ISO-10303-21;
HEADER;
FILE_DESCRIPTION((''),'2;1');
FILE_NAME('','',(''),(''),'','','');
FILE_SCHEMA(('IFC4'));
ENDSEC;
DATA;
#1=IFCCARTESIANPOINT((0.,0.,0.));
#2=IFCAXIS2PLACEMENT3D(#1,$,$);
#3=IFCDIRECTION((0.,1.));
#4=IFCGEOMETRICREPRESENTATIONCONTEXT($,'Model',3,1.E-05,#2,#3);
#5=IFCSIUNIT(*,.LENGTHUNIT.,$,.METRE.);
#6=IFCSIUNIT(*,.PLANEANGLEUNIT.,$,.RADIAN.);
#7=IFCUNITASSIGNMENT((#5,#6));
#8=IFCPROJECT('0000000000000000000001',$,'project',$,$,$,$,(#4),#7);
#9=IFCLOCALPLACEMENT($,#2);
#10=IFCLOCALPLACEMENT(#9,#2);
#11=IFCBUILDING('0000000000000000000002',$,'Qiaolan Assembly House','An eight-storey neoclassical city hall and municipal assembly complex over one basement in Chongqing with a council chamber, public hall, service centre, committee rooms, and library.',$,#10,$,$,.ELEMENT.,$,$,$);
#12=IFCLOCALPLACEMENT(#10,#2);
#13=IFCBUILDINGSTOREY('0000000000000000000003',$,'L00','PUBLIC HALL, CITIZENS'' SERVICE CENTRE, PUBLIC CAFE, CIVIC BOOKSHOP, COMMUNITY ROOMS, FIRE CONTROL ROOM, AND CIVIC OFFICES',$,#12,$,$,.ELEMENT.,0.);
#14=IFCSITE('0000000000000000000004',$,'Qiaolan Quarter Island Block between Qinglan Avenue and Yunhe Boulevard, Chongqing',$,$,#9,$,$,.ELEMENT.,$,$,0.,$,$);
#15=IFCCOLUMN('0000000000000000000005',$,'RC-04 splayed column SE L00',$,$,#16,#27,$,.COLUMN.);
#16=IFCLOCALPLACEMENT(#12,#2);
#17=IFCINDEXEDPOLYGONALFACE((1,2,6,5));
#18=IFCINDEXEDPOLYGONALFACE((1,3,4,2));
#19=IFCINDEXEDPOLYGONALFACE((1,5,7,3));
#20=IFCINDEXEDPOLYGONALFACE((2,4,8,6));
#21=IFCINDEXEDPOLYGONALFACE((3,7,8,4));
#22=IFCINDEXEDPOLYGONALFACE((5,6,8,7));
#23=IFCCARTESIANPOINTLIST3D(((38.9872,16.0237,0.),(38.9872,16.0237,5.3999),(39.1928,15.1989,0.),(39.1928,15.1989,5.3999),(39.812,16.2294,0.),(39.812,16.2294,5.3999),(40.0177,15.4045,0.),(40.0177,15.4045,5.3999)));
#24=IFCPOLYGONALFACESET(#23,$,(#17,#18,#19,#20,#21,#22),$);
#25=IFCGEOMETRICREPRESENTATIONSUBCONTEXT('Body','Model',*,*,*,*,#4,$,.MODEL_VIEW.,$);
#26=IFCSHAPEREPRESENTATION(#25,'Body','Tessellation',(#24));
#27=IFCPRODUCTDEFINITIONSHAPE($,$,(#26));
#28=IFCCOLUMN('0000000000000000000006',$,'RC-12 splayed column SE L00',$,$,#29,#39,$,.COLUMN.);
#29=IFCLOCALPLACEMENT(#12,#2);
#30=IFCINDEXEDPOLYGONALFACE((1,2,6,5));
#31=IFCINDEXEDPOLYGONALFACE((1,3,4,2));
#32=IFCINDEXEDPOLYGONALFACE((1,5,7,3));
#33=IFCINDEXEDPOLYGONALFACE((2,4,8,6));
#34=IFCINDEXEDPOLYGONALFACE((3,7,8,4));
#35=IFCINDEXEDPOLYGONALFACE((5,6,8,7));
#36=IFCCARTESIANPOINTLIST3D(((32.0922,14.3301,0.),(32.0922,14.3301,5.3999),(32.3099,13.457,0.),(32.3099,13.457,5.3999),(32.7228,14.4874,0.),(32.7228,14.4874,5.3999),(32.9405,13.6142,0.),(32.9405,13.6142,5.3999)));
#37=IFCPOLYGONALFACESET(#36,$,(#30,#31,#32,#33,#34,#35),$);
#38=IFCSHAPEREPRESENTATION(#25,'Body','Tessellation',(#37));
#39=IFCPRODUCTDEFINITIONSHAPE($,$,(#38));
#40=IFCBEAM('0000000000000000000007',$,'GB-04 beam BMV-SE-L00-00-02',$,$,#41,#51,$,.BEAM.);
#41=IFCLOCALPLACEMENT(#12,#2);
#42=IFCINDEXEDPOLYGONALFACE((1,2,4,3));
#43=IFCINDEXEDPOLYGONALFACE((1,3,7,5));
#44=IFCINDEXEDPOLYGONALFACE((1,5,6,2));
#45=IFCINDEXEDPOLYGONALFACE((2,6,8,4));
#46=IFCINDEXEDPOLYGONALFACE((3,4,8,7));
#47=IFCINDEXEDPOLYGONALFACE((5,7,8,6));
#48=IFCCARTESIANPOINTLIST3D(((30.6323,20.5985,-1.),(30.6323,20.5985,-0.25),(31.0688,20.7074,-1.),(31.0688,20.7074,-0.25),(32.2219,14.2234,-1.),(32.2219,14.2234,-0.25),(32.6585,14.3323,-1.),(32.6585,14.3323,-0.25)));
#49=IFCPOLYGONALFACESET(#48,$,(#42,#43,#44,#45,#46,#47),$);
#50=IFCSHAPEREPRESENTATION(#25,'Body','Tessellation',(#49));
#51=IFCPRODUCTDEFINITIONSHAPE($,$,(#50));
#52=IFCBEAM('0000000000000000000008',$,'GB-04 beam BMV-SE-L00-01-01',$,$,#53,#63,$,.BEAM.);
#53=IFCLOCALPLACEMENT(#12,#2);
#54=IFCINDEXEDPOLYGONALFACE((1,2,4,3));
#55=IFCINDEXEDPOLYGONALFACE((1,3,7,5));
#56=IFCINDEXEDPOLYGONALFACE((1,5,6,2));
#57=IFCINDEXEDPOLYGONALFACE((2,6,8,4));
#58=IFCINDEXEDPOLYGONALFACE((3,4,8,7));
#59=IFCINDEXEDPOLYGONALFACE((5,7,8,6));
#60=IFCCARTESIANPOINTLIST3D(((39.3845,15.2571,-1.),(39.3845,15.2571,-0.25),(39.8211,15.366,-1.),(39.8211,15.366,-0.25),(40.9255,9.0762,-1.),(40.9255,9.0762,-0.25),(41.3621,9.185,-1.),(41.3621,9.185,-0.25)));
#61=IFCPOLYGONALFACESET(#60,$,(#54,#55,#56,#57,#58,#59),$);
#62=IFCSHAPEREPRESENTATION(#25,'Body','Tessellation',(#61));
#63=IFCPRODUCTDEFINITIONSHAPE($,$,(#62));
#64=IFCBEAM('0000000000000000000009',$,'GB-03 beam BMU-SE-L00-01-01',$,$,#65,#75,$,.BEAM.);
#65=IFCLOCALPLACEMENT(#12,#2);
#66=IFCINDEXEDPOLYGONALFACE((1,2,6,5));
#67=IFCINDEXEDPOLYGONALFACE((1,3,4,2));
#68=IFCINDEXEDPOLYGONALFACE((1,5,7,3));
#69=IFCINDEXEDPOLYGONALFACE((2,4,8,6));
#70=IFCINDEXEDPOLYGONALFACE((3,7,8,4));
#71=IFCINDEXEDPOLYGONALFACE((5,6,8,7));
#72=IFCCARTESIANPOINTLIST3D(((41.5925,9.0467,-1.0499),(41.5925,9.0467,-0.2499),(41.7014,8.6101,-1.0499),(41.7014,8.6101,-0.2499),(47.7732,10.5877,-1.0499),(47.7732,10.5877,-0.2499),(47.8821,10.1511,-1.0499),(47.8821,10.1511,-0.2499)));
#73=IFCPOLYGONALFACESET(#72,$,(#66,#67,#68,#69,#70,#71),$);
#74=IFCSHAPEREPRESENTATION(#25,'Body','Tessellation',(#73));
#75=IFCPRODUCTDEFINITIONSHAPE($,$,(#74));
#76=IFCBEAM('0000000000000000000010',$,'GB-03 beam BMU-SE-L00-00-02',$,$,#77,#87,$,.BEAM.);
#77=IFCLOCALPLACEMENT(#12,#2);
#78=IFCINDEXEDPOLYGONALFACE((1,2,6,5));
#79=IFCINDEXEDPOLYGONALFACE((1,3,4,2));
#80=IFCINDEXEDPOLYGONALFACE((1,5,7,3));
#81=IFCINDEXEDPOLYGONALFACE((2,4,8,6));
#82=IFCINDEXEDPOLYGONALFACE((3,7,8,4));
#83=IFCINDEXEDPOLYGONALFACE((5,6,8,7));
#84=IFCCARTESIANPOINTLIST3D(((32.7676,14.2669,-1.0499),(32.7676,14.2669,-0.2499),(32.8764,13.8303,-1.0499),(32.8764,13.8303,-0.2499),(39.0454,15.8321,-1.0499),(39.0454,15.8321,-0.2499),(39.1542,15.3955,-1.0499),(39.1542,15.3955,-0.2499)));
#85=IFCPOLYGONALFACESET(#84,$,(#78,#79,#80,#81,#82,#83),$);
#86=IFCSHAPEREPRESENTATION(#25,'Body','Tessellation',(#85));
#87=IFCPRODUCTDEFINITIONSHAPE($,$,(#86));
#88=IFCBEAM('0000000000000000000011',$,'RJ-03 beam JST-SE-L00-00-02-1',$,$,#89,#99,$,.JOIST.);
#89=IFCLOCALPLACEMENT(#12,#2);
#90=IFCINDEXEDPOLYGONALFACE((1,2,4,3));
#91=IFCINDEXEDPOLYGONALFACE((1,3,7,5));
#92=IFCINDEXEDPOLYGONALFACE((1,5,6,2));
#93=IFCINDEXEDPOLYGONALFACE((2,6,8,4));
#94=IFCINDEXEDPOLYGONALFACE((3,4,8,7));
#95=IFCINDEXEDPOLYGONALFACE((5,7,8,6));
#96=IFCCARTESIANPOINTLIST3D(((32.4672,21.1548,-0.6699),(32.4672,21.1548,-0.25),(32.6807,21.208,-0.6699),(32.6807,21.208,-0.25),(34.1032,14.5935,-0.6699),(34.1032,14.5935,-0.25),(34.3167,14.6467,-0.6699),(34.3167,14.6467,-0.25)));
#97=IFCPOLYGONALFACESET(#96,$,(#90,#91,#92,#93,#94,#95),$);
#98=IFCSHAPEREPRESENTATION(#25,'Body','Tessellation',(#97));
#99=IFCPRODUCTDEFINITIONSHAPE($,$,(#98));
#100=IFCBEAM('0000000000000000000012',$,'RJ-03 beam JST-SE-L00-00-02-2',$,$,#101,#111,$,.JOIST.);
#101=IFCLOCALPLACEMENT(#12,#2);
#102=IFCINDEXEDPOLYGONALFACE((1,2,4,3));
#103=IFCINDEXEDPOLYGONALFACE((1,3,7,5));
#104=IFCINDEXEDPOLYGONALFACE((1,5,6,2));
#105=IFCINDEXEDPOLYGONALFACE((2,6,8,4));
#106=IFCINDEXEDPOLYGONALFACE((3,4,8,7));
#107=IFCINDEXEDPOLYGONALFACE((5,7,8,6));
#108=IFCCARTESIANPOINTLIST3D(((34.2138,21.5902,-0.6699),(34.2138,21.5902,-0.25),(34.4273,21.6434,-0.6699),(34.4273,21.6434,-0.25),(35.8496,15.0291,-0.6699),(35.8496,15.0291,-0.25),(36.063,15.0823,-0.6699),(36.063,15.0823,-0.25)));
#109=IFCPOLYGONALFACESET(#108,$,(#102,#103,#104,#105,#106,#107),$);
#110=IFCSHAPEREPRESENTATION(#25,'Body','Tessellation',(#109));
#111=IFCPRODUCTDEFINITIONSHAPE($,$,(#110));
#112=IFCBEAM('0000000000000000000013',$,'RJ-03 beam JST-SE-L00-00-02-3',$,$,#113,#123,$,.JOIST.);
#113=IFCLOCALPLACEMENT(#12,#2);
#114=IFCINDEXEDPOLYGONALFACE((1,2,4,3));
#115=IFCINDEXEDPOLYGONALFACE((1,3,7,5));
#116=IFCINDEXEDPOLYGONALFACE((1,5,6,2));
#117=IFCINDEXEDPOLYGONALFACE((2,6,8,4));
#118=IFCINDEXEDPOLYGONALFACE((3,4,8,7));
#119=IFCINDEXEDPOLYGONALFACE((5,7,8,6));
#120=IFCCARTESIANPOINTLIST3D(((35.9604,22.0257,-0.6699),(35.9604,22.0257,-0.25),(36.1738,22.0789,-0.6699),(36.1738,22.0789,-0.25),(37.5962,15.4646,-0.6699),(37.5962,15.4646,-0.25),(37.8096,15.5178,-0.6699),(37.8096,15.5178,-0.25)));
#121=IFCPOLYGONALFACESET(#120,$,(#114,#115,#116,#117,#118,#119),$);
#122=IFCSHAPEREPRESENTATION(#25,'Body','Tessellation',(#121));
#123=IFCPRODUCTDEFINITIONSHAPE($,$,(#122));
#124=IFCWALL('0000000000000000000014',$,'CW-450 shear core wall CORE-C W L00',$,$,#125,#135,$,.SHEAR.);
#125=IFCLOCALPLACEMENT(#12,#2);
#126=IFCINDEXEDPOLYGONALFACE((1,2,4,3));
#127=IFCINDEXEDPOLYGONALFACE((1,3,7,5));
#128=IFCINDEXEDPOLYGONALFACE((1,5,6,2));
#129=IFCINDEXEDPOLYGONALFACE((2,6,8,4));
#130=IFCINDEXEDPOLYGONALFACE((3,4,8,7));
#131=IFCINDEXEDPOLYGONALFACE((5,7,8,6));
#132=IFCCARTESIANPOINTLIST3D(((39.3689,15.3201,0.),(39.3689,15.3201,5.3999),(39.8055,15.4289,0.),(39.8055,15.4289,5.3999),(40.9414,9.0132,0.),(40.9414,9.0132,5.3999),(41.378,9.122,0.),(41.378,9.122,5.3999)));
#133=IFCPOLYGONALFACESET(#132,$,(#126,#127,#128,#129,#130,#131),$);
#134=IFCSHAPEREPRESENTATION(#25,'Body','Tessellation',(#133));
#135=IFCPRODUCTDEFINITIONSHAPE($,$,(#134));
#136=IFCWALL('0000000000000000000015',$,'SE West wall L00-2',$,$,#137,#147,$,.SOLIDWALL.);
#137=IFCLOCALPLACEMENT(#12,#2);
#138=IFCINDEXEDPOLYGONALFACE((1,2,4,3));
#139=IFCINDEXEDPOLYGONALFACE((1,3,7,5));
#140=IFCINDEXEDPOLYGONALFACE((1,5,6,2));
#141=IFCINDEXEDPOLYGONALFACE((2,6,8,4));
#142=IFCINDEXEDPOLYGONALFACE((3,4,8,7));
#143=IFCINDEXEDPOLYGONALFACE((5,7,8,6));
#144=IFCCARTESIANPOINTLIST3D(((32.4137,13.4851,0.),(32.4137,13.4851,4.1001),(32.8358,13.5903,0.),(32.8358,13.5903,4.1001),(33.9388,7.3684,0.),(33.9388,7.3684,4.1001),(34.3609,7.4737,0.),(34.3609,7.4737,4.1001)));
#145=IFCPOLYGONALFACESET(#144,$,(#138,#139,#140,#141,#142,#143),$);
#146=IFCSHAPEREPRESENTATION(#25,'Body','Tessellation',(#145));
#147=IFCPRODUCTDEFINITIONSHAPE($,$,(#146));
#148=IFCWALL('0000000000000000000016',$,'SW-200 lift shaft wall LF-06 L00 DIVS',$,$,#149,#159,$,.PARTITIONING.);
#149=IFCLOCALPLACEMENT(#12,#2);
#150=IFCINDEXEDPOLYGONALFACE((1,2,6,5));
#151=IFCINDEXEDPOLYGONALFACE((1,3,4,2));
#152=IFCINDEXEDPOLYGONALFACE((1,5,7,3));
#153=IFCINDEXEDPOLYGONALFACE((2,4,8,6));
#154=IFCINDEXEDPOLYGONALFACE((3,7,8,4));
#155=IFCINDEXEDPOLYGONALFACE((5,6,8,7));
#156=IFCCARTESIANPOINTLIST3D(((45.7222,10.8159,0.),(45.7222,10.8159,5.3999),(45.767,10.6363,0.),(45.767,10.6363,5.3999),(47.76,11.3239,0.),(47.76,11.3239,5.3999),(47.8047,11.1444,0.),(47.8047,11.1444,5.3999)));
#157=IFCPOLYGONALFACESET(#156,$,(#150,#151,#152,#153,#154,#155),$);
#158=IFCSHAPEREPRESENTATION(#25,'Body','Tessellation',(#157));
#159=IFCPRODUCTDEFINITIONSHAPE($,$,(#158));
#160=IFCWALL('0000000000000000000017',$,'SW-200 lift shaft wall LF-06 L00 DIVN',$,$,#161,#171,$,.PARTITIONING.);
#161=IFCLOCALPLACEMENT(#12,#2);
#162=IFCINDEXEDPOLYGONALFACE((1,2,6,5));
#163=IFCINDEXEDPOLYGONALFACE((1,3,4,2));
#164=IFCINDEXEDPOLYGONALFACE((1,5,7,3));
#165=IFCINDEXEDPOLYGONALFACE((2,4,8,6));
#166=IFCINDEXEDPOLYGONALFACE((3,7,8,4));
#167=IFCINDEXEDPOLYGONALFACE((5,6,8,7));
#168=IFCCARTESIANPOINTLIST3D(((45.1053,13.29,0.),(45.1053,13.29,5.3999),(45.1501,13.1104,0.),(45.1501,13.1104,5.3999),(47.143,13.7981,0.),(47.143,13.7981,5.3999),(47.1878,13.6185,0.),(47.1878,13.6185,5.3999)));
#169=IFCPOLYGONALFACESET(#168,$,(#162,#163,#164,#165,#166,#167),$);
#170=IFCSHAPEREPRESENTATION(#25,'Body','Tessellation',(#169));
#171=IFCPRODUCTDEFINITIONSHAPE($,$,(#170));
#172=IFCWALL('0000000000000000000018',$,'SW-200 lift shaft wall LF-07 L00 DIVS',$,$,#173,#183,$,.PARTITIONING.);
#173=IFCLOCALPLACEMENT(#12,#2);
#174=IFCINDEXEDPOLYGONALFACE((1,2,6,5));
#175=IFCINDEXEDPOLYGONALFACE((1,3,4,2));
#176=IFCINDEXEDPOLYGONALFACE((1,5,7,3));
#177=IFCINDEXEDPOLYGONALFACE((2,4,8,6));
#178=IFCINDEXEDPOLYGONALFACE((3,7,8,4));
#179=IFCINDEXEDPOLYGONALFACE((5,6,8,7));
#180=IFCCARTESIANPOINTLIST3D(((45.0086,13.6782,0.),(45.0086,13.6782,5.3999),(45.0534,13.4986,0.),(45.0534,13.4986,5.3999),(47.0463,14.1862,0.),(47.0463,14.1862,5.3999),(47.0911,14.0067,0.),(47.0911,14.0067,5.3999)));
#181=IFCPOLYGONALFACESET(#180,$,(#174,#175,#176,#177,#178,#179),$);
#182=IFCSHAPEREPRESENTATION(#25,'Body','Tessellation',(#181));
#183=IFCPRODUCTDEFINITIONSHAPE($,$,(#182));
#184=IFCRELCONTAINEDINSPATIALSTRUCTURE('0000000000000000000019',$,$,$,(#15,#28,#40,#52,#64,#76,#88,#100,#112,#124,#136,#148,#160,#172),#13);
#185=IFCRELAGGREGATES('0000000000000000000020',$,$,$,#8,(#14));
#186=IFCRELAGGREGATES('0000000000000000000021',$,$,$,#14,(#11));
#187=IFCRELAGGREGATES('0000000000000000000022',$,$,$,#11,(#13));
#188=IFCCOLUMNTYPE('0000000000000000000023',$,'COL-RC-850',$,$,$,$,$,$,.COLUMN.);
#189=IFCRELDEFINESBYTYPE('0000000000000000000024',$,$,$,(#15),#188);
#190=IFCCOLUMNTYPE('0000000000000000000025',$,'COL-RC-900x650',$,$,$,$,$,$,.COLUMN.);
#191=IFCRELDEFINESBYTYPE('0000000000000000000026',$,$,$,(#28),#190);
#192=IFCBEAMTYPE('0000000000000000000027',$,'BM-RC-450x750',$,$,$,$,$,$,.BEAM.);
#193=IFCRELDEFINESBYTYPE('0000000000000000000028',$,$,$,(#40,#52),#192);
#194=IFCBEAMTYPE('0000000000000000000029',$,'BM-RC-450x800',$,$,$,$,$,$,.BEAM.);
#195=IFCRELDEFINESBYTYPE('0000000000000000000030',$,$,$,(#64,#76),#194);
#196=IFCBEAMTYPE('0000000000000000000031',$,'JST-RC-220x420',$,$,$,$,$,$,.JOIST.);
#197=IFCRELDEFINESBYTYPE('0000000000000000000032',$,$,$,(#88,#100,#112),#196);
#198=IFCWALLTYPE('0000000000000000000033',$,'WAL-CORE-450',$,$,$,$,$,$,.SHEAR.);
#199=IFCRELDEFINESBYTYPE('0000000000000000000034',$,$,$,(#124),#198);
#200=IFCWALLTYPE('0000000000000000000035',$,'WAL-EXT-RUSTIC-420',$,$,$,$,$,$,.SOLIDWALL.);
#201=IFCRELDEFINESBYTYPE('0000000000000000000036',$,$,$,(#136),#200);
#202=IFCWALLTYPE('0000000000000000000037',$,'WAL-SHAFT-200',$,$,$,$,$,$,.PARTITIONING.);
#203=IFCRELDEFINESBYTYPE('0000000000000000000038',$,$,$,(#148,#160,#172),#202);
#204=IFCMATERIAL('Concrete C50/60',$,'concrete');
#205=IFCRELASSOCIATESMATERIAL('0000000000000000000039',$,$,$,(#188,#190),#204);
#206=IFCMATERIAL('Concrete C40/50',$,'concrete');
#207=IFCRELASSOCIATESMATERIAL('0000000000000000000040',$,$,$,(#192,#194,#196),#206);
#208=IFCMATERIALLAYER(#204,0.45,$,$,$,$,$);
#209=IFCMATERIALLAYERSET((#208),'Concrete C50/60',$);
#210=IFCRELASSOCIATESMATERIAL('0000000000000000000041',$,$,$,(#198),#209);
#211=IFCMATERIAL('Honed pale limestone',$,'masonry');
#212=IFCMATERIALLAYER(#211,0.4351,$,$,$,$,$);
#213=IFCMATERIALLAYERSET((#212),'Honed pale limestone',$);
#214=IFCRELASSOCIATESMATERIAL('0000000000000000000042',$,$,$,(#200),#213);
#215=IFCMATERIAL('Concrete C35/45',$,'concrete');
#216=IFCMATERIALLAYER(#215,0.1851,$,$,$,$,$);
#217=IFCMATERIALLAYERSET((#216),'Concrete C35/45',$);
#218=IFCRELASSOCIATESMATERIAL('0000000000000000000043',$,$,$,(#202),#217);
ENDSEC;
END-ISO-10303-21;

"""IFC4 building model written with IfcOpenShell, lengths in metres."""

from ifc_helpers import new_model, si_unit, direction, frame, frame_2d, origin, origin_2d, place, context, subcontext, project, spatial, rectangle, extrude, material, layer, layer_set, material_profile, profile_set, type_object, element, save


model = new_model("IFC4")

# Units and contexts
model_context = context("Model", 3, precision=1e-05, world=origin(), true_north=direction((0.0, 1.0)))
body_context = subcontext(model_context, "Body", "Model", "MODEL_VIEW")
ifc_project = project(units=[si_unit("LENGTHUNIT", "METRE"), si_unit("PLANEANGLEUNIT", "RADIAN")], contexts=[model_context])

# Site, building, storey
site_placement = place(None, origin())
site = spatial("IfcSite", under=ifc_project, at=site_placement, Name="Qiaolan Quarter Island Block between Qinglan Avenue and Yunhe Boulevard, Chongqing", CompositionType="ELEMENT", RefElevation=0.0)
building_placement = place(site_placement, origin())
building = spatial("IfcBuilding", under=site, at=building_placement, Name="Qiaolan Assembly House", Description="An eight-storey neoclassical city hall and municipal assembly complex over one basement in Chongqing with a council chamber, public hall, service centre, committee rooms, and library.", CompositionType="ELEMENT")
storey_placement = place(building_placement, origin())
storey = spatial("IfcBuildingStorey", under=building, at=storey_placement, Name="L00", Description="PUBLIC HALL, CITIZENS' SERVICE CENTRE, PUBLIC CAFE, CIVIC BOOKSHOP, COMMUNITY ROOMS, FIRE CONTROL ROOM, AND CIVIC OFFICES", CompositionType="ELEMENT", Elevation=0.0)

# Columns
ifc_material_1 = material(Name="Concrete C50/60", Category="concrete")
ifc_material_profile_1 = material_profile(ifc_material_1, rectangle(XDim=0.8501, YDim=0.8501, at=origin_2d()), Name="RC 850x850")
ifc_profile_set_1 = profile_set([ifc_material_profile_1], Name="Concrete C50/60")
column_type_1 = type_object("IfcColumnType", Name="COL-RC-850", PredefinedType="COLUMN", material=ifc_profile_set_1)
column_1_placement = place(storey_placement, frame((39.5024, 15.7141, 0.0), z_axis=(0.0, 0.0, 1.0), x_axis=(0.970296, 0.241922, 0.0)))
element("IfcColumn", 1, at=column_1_placement, inside=storey, type_object=column_type_1, Name="RC-04 splayed column SE L00", PredefinedType="COLUMN", context=body_context, shape_type="SweptSolid", body=[
    extrude(rectangle(XDim=0.8501, YDim=0.8501, at=origin_2d()), origin(), (0.0, 0.0, 1.0), 5.3999),
])
ifc_material_profile_2 = material_profile(ifc_material_1, rectangle(XDim=0.6499, YDim=0.8999, at=origin_2d()), Name="RC 900x650")
ifc_profile_set_2 = profile_set([ifc_material_profile_2], Name="Concrete C50/60")
column_type_2 = type_object("IfcColumnType", Name="COL-RC-900x650", PredefinedType="COLUMN", material=ifc_profile_set_2)
column_2_placement = place(storey_placement, frame((32.5164, 13.9722, 0.0), z_axis=(0.0, 0.0, 1.0), x_axis=(0.970296, 0.241922, 0.0)))
element("IfcColumn", 2, at=column_2_placement, inside=storey, type_object=column_type_2, Name="RC-12 splayed column SE L00", PredefinedType="COLUMN", context=body_context, shape_type="SweptSolid", body=[
    extrude(rectangle(XDim=0.6499, YDim=0.8999, at=origin_2d()), origin(), (0.0, 0.0, 1.0), 5.3999),
])

# Beams
ifc_material_2 = material(Name="Concrete C40/50", Category="concrete")
ifc_material_profile_3 = material_profile(ifc_material_2, rectangle(XDim=0.45, YDim=0.75, at=origin_2d()), Name="RCB 450x750")
ifc_profile_set_3 = profile_set([ifc_material_profile_3], Name="Concrete C40/50")
beam_type_1 = type_object("IfcBeamType", Name="BM-RC-450x750", PredefinedType="BEAM", material=ifc_profile_set_3)
beam_1_placement = place(storey_placement, frame((32.4402, 14.2778, -0.625), z_axis=(-0.241941, 0.970291, 0.0), x_axis=(-0.970291, -0.241941, 0.0)))
element("IfcBeam", 3, at=beam_1_placement, inside=storey, type_object=beam_type_1, Name="GB-04 beam BMV-SE-L00-00-02", PredefinedType="BEAM", context=body_context, shape_type="SweptSolid", body=[
    extrude(rectangle(XDim=0.45, YDim=0.75, at=origin_2d()), origin(), (0.0, 0.0, 1.0), 6.5703),
])
beam_2_placement = place(storey_placement, frame((41.1438, 9.1306, -0.625), z_axis=(-0.241913, 0.970298, 0.0), x_axis=(-0.970298, -0.241913, 0.0)))
element("IfcBeam", 4, at=beam_2_placement, inside=storey, type_object=beam_type_1, Name="GB-04 beam BMV-SE-L00-01-01", PredefinedType="BEAM", context=body_context, shape_type="SweptSolid", body=[
    extrude(rectangle(XDim=0.45, YDim=0.75, at=origin_2d()), origin(), (0.0, 0.0, 1.0), 6.3701),
])
ifc_material_profile_4 = material_profile(ifc_material_2, rectangle(XDim=0.45, YDim=0.8, at=origin_2d()), Name="RCB 450x800")
ifc_profile_set_4 = profile_set([ifc_material_profile_4], Name="Concrete C40/50")
beam_type_2 = type_object("IfcBeamType", Name="BM-RC-450x800", PredefinedType="BEAM", material=ifc_profile_set_4)
beam_3_placement = place(storey_placement, frame((41.647, 8.8284, -0.6499), z_axis=(0.970296, 0.241922, 0.0), x_axis=(-0.241922, 0.970296, 0.0)))
element("IfcBeam", 5, at=beam_3_placement, inside=storey, type_object=beam_type_2, Name="GB-03 beam BMU-SE-L00-01-01", PredefinedType="BEAM", context=body_context, shape_type="SweptSolid", body=[
    extrude(rectangle(XDim=0.45, YDim=0.8, at=origin_2d()), origin(), (0.0, 0.0, 1.0), 6.3699),
])
beam_4_placement = place(storey_placement, frame((32.822, 14.0486, -0.6499), z_axis=(0.970298, 0.241914, 0.0), x_axis=(-0.241914, 0.970298, 0.0)))
element("IfcBeam", 6, at=beam_4_placement, inside=storey, type_object=beam_type_2, Name="GB-03 beam BMU-SE-L00-00-02", PredefinedType="BEAM", context=body_context, shape_type="SweptSolid", body=[
    extrude(rectangle(XDim=0.45, YDim=0.8, at=origin_2d()), origin(), (0.0, 0.0, 1.0), 6.47),
])
ifc_material_profile_5 = material_profile(ifc_material_2, rectangle(XDim=0.22, YDim=0.4199, at=origin_2d()), Name="RCB 220x420")
ifc_profile_set_5 = profile_set([ifc_material_profile_5], Name="Concrete C40/50")
beam_type_3 = type_object("IfcBeamType", Name="JST-RC-220x420", PredefinedType="JOIST", material=ifc_profile_set_5)
beam_5_placement = place(storey_placement, frame((34.21, 14.6201, -0.46), z_axis=(-0.241932, 0.970293, 0.0), x_axis=(-0.970293, -0.241932, 0.0)))
element("IfcBeam", 7, at=beam_5_placement, inside=storey, type_object=beam_type_3, Name="RJ-03 beam JST-SE-L00-00-02-1", PredefinedType="JOIST", context=body_context, shape_type="SweptSolid", body=[
    extrude(rectangle(XDim=0.22, YDim=0.4199, at=origin_2d()), origin(), (0.0, 0.0, 1.0), 6.7622),
])
for number, where, z_axis, x_axis, name in (
    (8, (35.9563, 15.0557, -0.46), (-0.241907, 0.970299, 0.0), (-0.970299, -0.241907, 0.0), "RJ-03 beam JST-SE-L00-00-02-2"),
    (9, (37.7029, 15.4912, -0.46), (-0.241907, 0.970299, 0.0), (-0.970299, -0.241907, 0.0), "RJ-03 beam JST-SE-L00-00-02-3"),
):
    element("IfcBeam", number, at=place(storey_placement, frame(where, z_axis=z_axis, x_axis=x_axis)), inside=storey, type_object=beam_type_3, Name=name, PredefinedType="JOIST", context=body_context, shape_type="SweptSolid", body=[
        extrude(rectangle(XDim=0.22, YDim=0.4199, at=origin_2d()), origin(), (0.0, 0.0, 1.0), 6.762),
    ])

# Walls
ifc_layer_1 = layer(ifc_material_1, 0.45)
ifc_layer_set_1 = layer_set([ifc_layer_1], Name="Concrete C50/60")
wall_type_1 = type_object("IfcWallType", Name="WAL-CORE-450", PredefinedType="SHEAR", material=ifc_layer_set_1)
wall_1_placement = place(storey_placement, frame((39.5872, 15.3745, 0.0), z_axis=(0.0, 0.0, 1.0), x_axis=(0.241926, -0.970295, 0.0)))
element("IfcWall", 10, at=wall_1_placement, inside=storey, type_object=wall_type_1, Name="CW-450 shear core wall CORE-C W L00", PredefinedType="SHEAR", context=body_context, shape_type="SweptSolid", body=[
    extrude(rectangle(XDim=6.5, YDim=0.45, at=frame_2d((3.25, 0.0))), origin(), (0.0, 0.0, 1.0), 5.3999),
])
ifc_material_3 = material(Name="Honed pale limestone", Category="masonry")
ifc_layer_2 = layer(ifc_material_3, 0.4351)
ifc_layer_set_2 = layer_set([ifc_layer_2], Name="Honed pale limestone")
wall_type_2 = type_object("IfcWallType", Name="WAL-EXT-RUSTIC-420", PredefinedType="SOLIDWALL", material=ifc_layer_set_2)
wall_2_placement = place(storey_placement, frame((32.6248, 13.5376, 0.0), z_axis=(0.0, 0.0, 1.0), x_axis=(0.241934, -0.970293, 0.0)))
element("IfcWall", 11, at=wall_2_placement, inside=storey, type_object=wall_type_2, Name="SE West wall L00-2", PredefinedType="SOLIDWALL", context=body_context, shape_type="SweptSolid", body=[
    extrude(rectangle(XDim=6.304, YDim=0.4351, at=frame_2d((3.1519, 0.0))), origin(), (0.0, 0.0, 1.0), 4.1001),
])
ifc_material_4 = material(Name="Concrete C35/45", Category="concrete")
ifc_layer_3 = layer(ifc_material_4, 0.1851)
ifc_layer_set_3 = layer_set([ifc_layer_3], Name="Concrete C35/45")
wall_type_3 = type_object("IfcWallType", Name="WAL-SHAFT-200", PredefinedType="PARTITIONING", material=ifc_layer_set_3)
for number, where, z_axis, x_axis, name in (
    (12, (45.7446, 10.7261, 0.0), (0.0, 0.0, 1.0), (0.970293, 0.241934, 0.0), "SW-200 lift shaft wall LF-06 L00 DIVS"),
    (13, (45.1277, 13.2002, 0.0), (0.0, 0.0, 1.0), (0.970293, 0.241934, 0.0), "SW-200 lift shaft wall LF-06 L00 DIVN"),
    (14, (45.031, 13.5884, 0.0), (0.0, 0.0, 1.0), (0.970293, 0.241934, 0.0), "SW-200 lift shaft wall LF-07 L00 DIVS"),
):
    element("IfcWall", number, at=place(storey_placement, frame(where, z_axis=z_axis, x_axis=x_axis)), inside=storey, type_object=wall_type_3, Name=name, PredefinedType="PARTITIONING", context=body_context, shape_type="SweptSolid", body=[
        extrude(rectangle(XDim=2.1001, YDim=0.1851, at=frame_2d((1.05, 0.0))), origin(), (0.0, 0.0, 1.0), 5.3999),
    ])

save(model, "model.ifc")
